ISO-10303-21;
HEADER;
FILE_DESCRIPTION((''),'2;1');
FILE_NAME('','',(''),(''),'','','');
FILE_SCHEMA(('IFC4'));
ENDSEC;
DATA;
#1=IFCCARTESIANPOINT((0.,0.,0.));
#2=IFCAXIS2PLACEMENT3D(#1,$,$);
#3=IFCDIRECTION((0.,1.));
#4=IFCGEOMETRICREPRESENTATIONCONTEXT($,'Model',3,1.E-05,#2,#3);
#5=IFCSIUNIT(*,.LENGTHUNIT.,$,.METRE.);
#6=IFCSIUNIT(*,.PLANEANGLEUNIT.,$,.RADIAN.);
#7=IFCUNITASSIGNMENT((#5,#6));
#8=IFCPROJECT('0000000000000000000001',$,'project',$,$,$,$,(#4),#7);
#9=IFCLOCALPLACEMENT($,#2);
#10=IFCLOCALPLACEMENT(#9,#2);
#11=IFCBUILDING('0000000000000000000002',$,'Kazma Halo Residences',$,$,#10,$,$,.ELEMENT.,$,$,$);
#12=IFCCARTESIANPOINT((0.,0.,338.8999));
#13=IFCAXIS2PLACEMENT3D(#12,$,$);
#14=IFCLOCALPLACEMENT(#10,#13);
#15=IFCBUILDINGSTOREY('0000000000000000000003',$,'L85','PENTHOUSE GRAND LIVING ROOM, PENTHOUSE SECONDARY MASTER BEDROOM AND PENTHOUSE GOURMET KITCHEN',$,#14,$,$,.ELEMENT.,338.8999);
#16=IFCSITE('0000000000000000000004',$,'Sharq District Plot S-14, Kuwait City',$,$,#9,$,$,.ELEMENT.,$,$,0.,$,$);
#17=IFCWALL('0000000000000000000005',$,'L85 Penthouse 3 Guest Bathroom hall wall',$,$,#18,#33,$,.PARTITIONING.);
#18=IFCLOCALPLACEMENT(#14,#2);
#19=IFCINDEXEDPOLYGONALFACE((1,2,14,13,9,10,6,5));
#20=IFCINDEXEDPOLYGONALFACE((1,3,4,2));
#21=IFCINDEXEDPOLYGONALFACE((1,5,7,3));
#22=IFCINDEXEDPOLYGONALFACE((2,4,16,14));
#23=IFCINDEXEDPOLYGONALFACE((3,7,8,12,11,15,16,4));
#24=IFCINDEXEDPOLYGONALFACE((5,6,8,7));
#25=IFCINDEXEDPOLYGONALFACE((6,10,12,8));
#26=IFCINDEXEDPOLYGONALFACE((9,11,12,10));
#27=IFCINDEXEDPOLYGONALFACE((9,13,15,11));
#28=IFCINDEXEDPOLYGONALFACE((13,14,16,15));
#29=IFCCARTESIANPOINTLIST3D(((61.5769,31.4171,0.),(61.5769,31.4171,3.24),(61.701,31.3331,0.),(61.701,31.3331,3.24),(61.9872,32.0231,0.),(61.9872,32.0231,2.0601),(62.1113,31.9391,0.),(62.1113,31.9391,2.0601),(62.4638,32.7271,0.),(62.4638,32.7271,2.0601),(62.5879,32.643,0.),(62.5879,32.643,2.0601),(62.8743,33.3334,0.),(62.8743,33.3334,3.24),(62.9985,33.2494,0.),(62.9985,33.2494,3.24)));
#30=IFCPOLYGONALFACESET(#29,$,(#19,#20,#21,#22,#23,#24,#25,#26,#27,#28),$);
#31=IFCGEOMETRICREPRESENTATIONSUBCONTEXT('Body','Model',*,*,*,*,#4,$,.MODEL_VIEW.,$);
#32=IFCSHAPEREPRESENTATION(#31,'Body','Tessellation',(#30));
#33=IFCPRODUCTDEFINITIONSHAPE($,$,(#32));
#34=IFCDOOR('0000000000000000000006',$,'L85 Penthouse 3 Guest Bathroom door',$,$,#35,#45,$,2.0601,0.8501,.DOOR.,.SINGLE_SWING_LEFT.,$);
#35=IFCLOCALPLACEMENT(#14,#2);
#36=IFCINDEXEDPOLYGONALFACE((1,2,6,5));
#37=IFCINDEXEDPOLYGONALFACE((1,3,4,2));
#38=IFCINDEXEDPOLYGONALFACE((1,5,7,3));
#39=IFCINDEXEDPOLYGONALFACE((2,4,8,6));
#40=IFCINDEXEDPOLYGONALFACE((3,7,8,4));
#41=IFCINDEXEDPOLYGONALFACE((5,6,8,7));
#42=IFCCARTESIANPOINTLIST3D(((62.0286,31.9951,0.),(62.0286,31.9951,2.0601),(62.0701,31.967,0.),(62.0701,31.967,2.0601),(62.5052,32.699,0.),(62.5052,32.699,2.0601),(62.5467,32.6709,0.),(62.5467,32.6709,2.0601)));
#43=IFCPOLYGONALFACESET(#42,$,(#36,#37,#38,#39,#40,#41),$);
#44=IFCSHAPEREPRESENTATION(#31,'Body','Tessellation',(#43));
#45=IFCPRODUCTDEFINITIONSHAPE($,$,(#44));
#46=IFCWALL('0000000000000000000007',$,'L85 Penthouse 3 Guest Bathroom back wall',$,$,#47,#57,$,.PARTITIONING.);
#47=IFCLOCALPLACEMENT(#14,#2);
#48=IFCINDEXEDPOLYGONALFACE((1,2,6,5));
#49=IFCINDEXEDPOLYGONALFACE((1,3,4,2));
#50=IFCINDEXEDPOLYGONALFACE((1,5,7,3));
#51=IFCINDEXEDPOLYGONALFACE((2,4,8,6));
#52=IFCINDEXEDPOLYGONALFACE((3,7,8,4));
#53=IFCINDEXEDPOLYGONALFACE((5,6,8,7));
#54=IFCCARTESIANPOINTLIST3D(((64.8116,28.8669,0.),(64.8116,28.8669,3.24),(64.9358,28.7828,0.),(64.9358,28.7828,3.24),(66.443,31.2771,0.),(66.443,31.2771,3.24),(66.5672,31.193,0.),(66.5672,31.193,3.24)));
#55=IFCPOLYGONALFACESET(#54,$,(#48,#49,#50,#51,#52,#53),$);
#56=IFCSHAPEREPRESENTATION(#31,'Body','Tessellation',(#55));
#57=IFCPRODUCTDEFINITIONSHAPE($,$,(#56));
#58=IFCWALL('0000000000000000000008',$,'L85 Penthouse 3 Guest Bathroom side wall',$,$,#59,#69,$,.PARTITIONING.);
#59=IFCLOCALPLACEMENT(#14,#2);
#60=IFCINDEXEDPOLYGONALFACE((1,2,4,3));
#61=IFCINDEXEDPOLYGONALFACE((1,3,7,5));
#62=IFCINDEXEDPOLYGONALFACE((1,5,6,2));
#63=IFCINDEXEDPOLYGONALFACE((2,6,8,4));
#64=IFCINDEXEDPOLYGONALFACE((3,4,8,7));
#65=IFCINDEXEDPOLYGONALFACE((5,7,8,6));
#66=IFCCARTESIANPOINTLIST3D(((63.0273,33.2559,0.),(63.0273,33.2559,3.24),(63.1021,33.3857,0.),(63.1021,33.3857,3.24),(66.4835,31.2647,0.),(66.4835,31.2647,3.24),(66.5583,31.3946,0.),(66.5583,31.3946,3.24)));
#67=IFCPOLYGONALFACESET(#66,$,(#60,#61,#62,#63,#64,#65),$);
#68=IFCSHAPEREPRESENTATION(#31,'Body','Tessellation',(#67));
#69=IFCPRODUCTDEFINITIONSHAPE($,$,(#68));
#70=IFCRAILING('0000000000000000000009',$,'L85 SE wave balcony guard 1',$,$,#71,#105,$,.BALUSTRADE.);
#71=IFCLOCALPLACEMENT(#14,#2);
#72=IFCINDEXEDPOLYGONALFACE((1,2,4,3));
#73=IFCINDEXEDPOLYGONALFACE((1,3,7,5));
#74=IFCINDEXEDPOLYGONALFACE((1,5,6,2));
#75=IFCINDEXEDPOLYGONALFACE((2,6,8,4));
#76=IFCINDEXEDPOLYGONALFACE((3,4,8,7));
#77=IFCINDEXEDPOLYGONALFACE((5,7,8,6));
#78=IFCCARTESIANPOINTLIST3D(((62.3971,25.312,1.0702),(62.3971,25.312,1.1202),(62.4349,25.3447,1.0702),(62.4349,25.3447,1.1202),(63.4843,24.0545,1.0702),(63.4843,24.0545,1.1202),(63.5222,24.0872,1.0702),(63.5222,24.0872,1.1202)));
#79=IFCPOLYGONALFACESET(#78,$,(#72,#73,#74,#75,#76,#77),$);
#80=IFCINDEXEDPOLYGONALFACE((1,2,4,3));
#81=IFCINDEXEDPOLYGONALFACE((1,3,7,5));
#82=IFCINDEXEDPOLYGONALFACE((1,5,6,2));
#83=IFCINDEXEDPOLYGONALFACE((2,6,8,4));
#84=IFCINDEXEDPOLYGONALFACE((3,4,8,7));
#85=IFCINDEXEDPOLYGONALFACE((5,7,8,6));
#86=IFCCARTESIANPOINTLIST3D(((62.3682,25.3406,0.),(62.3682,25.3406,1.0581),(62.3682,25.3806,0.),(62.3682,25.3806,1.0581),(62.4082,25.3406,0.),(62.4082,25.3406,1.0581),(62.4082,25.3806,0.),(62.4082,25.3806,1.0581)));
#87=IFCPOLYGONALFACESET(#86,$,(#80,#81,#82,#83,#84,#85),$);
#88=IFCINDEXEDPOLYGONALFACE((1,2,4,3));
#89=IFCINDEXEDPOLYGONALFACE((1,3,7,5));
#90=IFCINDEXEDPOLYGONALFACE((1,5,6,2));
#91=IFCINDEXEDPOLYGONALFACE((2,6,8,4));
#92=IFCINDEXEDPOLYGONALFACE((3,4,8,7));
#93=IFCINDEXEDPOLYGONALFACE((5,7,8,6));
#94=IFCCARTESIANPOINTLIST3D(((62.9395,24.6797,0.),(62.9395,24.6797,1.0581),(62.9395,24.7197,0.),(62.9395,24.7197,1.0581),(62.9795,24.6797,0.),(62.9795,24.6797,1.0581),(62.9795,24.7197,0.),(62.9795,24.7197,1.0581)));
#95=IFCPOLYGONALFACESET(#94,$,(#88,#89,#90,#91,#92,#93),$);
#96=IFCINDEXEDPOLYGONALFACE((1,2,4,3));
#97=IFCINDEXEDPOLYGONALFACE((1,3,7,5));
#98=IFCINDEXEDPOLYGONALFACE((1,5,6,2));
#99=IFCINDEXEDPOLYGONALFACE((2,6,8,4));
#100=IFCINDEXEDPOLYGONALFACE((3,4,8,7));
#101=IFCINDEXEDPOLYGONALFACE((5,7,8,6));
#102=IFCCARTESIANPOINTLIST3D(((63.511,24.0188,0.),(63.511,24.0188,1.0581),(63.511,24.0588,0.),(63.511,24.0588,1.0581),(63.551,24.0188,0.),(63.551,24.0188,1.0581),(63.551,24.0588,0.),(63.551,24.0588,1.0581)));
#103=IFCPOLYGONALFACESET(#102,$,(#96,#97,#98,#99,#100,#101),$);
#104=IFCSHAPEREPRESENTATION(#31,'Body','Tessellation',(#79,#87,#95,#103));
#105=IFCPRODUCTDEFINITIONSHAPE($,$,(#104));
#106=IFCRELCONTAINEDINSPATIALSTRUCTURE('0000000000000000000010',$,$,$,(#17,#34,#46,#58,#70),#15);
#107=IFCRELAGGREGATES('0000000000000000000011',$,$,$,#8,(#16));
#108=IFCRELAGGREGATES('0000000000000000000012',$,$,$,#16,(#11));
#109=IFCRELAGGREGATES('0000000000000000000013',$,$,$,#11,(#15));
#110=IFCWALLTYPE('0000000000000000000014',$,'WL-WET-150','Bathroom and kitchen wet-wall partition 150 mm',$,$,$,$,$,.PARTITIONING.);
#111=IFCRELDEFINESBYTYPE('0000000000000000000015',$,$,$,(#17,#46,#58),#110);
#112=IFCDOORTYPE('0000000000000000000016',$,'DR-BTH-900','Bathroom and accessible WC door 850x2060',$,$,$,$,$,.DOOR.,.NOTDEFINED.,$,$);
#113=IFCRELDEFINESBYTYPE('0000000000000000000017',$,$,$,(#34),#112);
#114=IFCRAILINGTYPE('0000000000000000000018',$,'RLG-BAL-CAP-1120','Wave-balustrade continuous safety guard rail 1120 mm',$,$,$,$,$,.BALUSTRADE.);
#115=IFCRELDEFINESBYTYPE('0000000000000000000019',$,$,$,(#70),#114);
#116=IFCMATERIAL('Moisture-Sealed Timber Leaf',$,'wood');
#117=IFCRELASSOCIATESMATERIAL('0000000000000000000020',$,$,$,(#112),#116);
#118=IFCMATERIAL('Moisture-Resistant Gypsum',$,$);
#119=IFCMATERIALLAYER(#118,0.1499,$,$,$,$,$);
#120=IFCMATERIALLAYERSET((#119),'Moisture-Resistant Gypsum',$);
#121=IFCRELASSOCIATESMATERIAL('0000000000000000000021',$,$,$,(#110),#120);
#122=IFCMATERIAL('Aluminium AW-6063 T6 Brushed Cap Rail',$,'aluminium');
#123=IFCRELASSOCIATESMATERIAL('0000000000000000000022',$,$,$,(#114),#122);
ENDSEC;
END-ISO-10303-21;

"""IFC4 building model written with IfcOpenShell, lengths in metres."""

from ifc_helpers import new_model, si_unit, direction, frame, frame_2d, origin, origin_2d, place, context, subcontext, project, spatial, rectangle, extrude, material, layer, layer_set, type_object, element, fill, save


model = new_model("IFC4")

# Units and contexts
model_context = context("Model", 3, precision=1e-05, world=origin(), true_north=direction((0.0, 1.0)))
body_context = subcontext(model_context, "Body", "Model", "MODEL_VIEW")
ifc_project = project(units=[si_unit("LENGTHUNIT", "METRE"), si_unit("PLANEANGLEUNIT", "RADIAN")], contexts=[model_context])

# Site, building, storey
site_placement = place(None, origin())
site = spatial("IfcSite", under=ifc_project, at=site_placement, Name="Sharq District Plot S-14, Kuwait City", CompositionType="ELEMENT", RefElevation=0.0)
building_placement = place(site_placement, origin())
building = spatial("IfcBuilding", under=site, at=building_placement, Name="Kazma Halo Residences", CompositionType="ELEMENT")
storey_placement = place(building_placement, frame((0.0, 0.0, 338.8999)))
storey = spatial("IfcBuildingStorey", under=building, at=storey_placement, Name="L85", Description="PENTHOUSE GRAND LIVING ROOM, PENTHOUSE SECONDARY MASTER BEDROOM AND PENTHOUSE GOURMET KITCHEN", CompositionType="ELEMENT", Elevation=338.8999)

# Wall, opening, door
ifc_material_1 = material(Name="Moisture-Sealed Timber Leaf", Category="wood")
door_type_1 = type_object("IfcDoorType", Name="DR-BTH-900", Description="Bathroom and accessible WC door 850x2060", OperationType="NOTDEFINED", PredefinedType="DOOR", material=ifc_material_1)
ifc_material_2 = material(Name="Moisture-Resistant Gypsum")
ifc_layer_1 = layer(ifc_material_2, 0.1499)
ifc_layer_set_1 = layer_set([ifc_layer_1], Name="Moisture-Resistant Gypsum")
wall_type_1 = type_object("IfcWallType", Name="WL-WET-150", Description="Bathroom and kitchen wet-wall partition 150 mm", PredefinedType="PARTITIONING", material=ifc_layer_set_1)
wall_1_placement = place(storey_placement, frame((61.6389, 31.375, 0.0), z_axis=(0.0, 0.0, 1.0), x_axis=(0.560627, 0.828069, 0.0)))
wall_1 = element("IfcWall", 1, at=wall_1_placement, inside=storey, type_object=wall_type_1, Name="L85 Penthouse 3 Guest Bathroom hall wall", PredefinedType="PARTITIONING", context=body_context, shape_type="SweptSolid", body=[
    extrude(rectangle(XDim=2.3142, YDim=0.1499, at=frame_2d((1.1572, 0.0))), origin(), (0.0, 0.0, 1.0), 3.24),
])
opening_1_placement = place(wall_1_placement, frame((0.7319, 0.0, 0.0)))
opening_1 = element("IfcOpeningElement", 2, at=opening_1_placement, cuts=wall_1, PredefinedType="OPENING", context=body_context, shape_type="SweptSolid", body=[
    extrude(rectangle(XDim=0.8501, YDim=2.0601, at=frame_2d((0.425, 1.03))), frame((0.0, 0.085, 0.0), z_axis=(0.0, -1.0, 0.0), x_axis=(1.0, 0.0, 0.0)), (0.0, 0.0, 1.0), 0.1699),
])
door_1_placement = place(opening_1_placement, origin())
door_1 = element("IfcDoor", 3, at=door_1_placement, inside=storey, type_object=door_type_1, Name="L85 Penthouse 3 Guest Bathroom door", OperationType="SINGLE_SWING_LEFT", OverallHeight=2.0601, OverallWidth=0.8501, PredefinedType="DOOR", context=body_context, shape_type="SweptSolid", body=[
    extrude(rectangle(XDim=0.8501, YDim=2.0601, at=frame_2d((0.425, 1.03))), frame((0.0, 0.0249, 0.0), z_axis=(0.0, -1.0, 0.0), x_axis=(1.0, 0.0, 0.0)), (0.0, 0.0, 1.0), 0.05),
])
fill(opening_1, door_1)

# Walls
wall_2_placement = place(storey_placement, frame((64.8738, 28.825, 0.0), z_axis=(0.0, 0.0, 1.0), x_axis=(0.560533, 0.828132, 0.0)))
element("IfcWall", 4, at=wall_2_placement, inside=storey, type_object=wall_type_1, Name="L85 Penthouse 3 Guest Bathroom back wall", PredefinedType="PARTITIONING", context=body_context, shape_type="SweptSolid", body=[
    extrude(rectangle(XDim=2.9104, YDim=0.1499, at=frame_2d((1.4551, 0.0))), origin(), (0.0, 0.0, 1.0), 3.24),
])
wall_3_placement = place(storey_placement, frame((63.0647, 33.3208, 0.0), z_axis=(0.0, 0.0, 1.0), x_axis=(0.86649, -0.499194, 0.0)))
element("IfcWall", 5, at=wall_3_placement, inside=storey, type_object=wall_type_1, Name="L85 Penthouse 3 Guest Bathroom side wall", PredefinedType="PARTITIONING", context=body_context, shape_type="SweptSolid", body=[
    extrude(rectangle(XDim=3.9888, YDim=0.1499, at=frame_2d((1.9944, 0.0))), origin(), (0.0, 0.0, 1.0), 3.24),
])

# Railing
ifc_material_3 = material(Name="Aluminium AW-6063 T6 Brushed Cap Rail", Category="aluminium")
railing_type = type_object("IfcRailingType", Name="RLG-BAL-CAP-1120", Description="Wave-balustrade continuous safety guard rail 1120 mm", PredefinedType="BALUSTRADE", material=ifc_material_3)
railing_1_placement = place(storey_placement, frame((62.3882, 25.3606, 0.0)))
element("IfcRailing", 6, at=railing_1_placement, inside=storey, type_object=railing_type, Name="L85 SE wave balcony guard 1", PredefinedType="BALUSTRADE", context=body_context, shape_type="SweptSolid", body=[
    extrude(rectangle(XDim=0.05, YDim=0.05, at=origin_2d()), frame((0.0278, -0.0322, 1.0952), z_axis=(0.654042, -0.756458, 0.0), x_axis=(0.756458, 0.654042, 0.0)), (0.0, 0.0, 1.0), 1.6624),
    extrude(rectangle(XDim=0.04, YDim=0.04, at=origin_2d()), origin(), (0.0, 0.0, 1.0), 1.0581),
    extrude(rectangle(XDim=0.04, YDim=0.04, at=origin_2d()), frame((0.5713, -0.6609, 0.0)), (0.0, 0.0, 1.0), 1.0581),
    extrude(rectangle(XDim=0.04, YDim=0.04, at=origin_2d()), frame((1.1428, -1.3218, 0.0)), (0.0, 0.0, 1.0), 1.0581),
])

save(model, "model.ifc")
